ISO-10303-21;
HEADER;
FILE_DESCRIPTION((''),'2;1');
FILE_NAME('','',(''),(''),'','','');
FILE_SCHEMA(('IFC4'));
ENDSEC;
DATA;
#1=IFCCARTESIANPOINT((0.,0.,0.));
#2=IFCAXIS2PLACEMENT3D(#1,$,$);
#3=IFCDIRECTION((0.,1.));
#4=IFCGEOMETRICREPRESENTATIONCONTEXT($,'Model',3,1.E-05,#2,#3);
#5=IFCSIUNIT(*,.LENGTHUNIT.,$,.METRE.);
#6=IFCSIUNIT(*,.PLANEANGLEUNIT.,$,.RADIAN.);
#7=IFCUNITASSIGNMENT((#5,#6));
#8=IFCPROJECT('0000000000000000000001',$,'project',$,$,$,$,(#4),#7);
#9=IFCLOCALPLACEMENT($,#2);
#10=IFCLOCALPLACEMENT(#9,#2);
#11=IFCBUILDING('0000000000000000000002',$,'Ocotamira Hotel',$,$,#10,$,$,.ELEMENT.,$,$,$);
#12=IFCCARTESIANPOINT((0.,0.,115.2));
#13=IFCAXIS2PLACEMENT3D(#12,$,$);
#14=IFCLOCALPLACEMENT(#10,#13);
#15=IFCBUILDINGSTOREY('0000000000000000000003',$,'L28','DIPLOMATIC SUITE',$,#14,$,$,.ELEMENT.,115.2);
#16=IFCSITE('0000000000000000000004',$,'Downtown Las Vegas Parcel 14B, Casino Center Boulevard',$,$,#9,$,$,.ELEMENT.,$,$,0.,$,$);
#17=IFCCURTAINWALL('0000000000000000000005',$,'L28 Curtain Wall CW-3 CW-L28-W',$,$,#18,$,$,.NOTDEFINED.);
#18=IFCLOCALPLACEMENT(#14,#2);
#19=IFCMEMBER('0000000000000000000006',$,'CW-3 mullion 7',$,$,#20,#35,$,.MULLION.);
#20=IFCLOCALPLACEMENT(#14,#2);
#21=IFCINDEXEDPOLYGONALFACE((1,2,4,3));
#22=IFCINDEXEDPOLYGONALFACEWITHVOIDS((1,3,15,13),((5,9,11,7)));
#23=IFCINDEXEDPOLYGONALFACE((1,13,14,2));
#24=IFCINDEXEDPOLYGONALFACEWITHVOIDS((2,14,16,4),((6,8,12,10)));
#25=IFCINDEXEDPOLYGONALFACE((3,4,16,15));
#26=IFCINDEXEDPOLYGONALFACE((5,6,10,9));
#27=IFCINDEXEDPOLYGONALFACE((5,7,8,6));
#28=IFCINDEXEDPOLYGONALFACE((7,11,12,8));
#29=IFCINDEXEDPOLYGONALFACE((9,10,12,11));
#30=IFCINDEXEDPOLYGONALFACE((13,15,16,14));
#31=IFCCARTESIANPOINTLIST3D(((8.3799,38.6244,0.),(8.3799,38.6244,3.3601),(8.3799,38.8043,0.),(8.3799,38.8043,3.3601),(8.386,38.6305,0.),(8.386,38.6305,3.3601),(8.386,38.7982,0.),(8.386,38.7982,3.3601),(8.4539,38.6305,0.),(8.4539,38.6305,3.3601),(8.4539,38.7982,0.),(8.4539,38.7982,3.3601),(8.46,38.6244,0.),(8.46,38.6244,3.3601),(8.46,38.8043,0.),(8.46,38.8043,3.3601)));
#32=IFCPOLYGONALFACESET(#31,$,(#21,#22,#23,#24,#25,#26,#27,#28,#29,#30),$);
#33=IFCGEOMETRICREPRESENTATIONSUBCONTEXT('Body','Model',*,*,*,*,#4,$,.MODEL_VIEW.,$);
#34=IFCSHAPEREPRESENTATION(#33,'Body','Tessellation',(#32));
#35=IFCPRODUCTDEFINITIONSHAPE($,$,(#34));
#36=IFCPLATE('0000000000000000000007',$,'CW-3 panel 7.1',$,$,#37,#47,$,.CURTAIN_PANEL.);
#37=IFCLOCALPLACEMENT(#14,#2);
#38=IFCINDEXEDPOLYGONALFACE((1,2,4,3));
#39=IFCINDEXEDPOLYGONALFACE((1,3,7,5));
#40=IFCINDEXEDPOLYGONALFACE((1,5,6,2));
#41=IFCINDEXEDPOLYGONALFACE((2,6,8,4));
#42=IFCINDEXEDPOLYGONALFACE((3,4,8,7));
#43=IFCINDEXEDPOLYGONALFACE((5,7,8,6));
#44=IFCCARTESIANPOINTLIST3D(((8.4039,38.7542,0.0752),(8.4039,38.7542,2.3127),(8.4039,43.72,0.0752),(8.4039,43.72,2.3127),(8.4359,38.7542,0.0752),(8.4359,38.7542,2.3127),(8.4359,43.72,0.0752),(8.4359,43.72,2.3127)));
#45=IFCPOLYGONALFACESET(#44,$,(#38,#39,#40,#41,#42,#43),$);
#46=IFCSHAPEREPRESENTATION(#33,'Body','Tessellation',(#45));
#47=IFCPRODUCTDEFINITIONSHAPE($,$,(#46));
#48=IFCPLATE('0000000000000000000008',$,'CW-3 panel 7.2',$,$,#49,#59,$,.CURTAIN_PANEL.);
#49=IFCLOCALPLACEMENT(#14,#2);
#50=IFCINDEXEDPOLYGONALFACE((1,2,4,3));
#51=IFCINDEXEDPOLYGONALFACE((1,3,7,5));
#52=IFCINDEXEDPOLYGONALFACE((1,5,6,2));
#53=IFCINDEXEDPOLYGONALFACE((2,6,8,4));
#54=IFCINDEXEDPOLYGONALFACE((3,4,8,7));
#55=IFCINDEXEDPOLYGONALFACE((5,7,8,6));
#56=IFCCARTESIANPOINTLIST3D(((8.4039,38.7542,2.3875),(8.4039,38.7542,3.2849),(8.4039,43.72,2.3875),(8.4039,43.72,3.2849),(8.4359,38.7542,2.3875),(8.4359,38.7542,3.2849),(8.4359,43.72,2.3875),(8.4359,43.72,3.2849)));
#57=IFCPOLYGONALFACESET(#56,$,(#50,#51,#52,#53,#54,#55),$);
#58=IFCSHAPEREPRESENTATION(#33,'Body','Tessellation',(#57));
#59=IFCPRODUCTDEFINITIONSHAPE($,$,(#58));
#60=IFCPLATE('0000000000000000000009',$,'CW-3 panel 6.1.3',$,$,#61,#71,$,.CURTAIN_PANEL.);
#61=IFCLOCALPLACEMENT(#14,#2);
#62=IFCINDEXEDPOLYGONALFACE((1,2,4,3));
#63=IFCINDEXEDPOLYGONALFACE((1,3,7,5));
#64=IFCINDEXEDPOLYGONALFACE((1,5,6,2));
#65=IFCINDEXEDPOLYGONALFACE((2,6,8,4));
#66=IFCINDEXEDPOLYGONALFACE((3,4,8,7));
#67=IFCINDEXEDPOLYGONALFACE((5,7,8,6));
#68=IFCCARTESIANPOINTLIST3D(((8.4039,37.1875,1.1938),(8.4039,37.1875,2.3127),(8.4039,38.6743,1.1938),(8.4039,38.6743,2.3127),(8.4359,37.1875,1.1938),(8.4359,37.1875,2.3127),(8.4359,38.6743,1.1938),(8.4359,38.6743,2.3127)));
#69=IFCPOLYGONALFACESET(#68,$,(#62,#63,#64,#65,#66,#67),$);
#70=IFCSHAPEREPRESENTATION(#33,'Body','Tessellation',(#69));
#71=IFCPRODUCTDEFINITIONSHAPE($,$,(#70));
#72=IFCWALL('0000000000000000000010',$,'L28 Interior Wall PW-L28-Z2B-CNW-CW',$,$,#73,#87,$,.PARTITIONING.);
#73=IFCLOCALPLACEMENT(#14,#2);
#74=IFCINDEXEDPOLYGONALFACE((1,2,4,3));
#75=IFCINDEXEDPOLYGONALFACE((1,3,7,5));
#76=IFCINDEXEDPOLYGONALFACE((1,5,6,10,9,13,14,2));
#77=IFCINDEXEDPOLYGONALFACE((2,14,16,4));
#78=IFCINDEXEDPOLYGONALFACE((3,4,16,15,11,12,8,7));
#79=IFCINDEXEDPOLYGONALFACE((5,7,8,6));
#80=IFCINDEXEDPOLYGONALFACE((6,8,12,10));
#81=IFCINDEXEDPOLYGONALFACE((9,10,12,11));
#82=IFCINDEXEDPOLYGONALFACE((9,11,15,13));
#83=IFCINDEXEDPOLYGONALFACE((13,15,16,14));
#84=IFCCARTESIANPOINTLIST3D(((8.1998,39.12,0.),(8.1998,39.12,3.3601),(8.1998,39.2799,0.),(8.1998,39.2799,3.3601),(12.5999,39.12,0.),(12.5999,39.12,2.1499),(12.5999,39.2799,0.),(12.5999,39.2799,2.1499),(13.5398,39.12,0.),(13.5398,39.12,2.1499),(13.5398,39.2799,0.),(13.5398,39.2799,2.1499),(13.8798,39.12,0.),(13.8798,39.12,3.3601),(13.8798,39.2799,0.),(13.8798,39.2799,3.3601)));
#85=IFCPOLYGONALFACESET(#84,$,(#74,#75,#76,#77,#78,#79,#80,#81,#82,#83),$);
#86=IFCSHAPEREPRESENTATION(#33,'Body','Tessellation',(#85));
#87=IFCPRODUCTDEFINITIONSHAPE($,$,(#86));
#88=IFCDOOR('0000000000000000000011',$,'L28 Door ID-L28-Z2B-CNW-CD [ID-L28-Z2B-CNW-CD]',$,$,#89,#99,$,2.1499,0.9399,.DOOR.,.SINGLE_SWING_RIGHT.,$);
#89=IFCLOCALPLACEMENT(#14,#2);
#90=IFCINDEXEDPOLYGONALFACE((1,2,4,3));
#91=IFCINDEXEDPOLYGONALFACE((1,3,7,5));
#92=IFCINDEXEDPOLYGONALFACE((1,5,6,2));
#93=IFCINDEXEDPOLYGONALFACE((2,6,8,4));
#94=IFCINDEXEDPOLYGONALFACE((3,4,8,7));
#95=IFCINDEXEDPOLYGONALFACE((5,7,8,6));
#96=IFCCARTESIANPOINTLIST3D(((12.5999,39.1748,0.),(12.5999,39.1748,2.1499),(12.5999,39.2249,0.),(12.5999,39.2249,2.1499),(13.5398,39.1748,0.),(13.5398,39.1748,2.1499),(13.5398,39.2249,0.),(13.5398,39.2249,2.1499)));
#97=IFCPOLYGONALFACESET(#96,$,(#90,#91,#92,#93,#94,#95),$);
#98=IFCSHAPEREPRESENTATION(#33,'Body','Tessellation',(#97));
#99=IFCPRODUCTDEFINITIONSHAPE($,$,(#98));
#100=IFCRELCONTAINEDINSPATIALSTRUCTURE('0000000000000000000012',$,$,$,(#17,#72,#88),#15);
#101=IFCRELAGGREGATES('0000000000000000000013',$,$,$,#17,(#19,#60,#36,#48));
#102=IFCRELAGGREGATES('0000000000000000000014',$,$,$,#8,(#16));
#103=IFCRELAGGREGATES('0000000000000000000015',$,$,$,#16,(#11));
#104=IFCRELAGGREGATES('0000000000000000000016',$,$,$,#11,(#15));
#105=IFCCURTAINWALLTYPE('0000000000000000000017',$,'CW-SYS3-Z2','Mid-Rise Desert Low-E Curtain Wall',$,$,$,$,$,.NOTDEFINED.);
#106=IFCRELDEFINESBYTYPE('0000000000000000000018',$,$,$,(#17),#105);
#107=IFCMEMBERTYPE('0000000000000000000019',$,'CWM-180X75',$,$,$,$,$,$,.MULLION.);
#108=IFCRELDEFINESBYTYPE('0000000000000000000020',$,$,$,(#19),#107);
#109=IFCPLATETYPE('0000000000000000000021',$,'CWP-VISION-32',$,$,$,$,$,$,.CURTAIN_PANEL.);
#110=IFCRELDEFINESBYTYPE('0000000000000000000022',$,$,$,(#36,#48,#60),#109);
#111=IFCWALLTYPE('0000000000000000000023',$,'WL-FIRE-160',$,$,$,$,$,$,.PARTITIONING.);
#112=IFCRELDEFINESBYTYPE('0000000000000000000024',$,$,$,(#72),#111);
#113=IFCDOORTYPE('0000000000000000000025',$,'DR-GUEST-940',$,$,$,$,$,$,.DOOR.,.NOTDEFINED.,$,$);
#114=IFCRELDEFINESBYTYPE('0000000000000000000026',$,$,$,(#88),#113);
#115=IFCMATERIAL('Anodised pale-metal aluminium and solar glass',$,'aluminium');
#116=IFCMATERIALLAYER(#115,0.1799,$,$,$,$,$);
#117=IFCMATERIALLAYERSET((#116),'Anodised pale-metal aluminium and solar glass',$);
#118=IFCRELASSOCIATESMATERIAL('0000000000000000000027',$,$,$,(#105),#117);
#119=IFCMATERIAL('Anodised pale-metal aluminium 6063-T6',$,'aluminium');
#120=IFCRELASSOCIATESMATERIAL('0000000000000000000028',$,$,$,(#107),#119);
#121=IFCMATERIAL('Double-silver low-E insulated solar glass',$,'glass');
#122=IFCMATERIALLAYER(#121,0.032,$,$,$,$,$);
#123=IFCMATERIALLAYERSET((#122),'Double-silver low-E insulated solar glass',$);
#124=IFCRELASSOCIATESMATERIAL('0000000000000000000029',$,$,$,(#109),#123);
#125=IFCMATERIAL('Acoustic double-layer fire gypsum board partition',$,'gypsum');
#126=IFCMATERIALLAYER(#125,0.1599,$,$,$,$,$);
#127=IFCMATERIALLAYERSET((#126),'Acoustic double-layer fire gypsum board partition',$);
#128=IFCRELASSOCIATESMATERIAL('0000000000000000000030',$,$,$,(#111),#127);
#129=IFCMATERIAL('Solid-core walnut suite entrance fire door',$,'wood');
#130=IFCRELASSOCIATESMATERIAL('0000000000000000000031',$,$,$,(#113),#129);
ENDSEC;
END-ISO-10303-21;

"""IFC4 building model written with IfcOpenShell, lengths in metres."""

from ifc_helpers import new_model, si_unit, direction, frame, frame_2d, origin, origin_2d, place, context, subcontext, project, spatial, rectangle, hollow_rectangle, extrude, source, transform, mapped, material, layer, layer_set, material_profile, profile_set, type_object, element, fill, aggregate, save


model = new_model("IFC4")

# Units and contexts
model_context = context("Model", 3, precision=1e-05, world=origin(), true_north=direction((0.0, 1.0)))
body_context = subcontext(model_context, "Body", "Model", "MODEL_VIEW")
ifc_project = project(units=[si_unit("LENGTHUNIT", "METRE"), si_unit("PLANEANGLEUNIT", "RADIAN")], contexts=[model_context])

# Site, building, storey
site_placement = place(None, origin())
site = spatial("IfcSite", under=ifc_project, at=site_placement, Name="Downtown Las Vegas Parcel 14B, Casino Center Boulevard", CompositionType="ELEMENT", RefElevation=0.0)
building_placement = place(site_placement, origin())
building = spatial("IfcBuilding", under=site, at=building_placement, Name="Ocotamira Hotel", CompositionType="ELEMENT")
storey_placement = place(building_placement, frame((0.0, 0.0, 115.2)))
storey = spatial("IfcBuildingStorey", under=building, at=storey_placement, Name="L28", Description="DIPLOMATIC SUITE", CompositionType="ELEMENT", Elevation=115.2)

# Curtain wall, member, plates
ifc_material_1 = material(Name="Anodised pale-metal aluminium and solar glass", Category="aluminium")
ifc_layer_1 = layer(ifc_material_1, 0.1799)
ifc_layer_set_1 = layer_set([ifc_layer_1], Name="Anodised pale-metal aluminium and solar glass")
curtain_wall_type = type_object("IfcCurtainWallType", Name="CW-SYS3-Z2", Description="Mid-Rise Desert Low-E Curtain Wall", PredefinedType="NOTDEFINED", material=ifc_layer_set_1)
curtain_wall_placement = place(storey_placement, origin())
curtain_wall = element("IfcCurtainWall", 1, at=curtain_wall_placement, inside=storey, type_object=curtain_wall_type, Name="L28 Curtain Wall CW-3 CW-L28-W", PredefinedType="NOTDEFINED")
ifc_material_2 = material(Name="Anodised pale-metal aluminium 6063-T6", Category="aluminium")
ifc_material_profile_1 = material_profile(ifc_material_2, hollow_rectangle(XDim=0.0801, YDim=0.1799, WallThickness=0.0061, at=origin_2d()), Name="HSS180X80X6")
ifc_profile_set_1 = profile_set([ifc_material_profile_1], Name="Anodised pale-metal aluminium 6063-T6")
member_type_1 = type_object("IfcMemberType", Name="CWM-180X75", PredefinedType="MULLION", material=ifc_profile_set_1)
shared_shape_1 = source(origin(), body_context, "Body", "SweptSolid", [
    extrude(hollow_rectangle(XDim=0.0801, YDim=0.1799, WallThickness=0.0061, at=origin_2d()), origin(), (0.0, 0.0, 1.0), 3.3601),
])
member_1_placement = place(storey_placement, frame((8.4199, 38.7144, 0.0), z_axis=(0.0, 0.0, 1.0), x_axis=(-1.0, 0.0, 0.0)))
member_1 = element("IfcMember", 2, at=member_1_placement, type_object=member_type_1, Name="CW-3 mullion 7", PredefinedType="MULLION", context=body_context, shape_type="MappedRepresentation", body=[
    mapped(shared_shape_1, transform((0.0, 0.0, 0.0), scale=1.0)),
])
ifc_material_3 = material(Name="Double-silver low-E insulated solar glass", Category="glass")
ifc_layer_2 = layer(ifc_material_3, 0.032)
ifc_layer_set_2 = layer_set([ifc_layer_2], Name="Double-silver low-E insulated solar glass")
plate_type = type_object("IfcPlateType", Name="CWP-VISION-32", PredefinedType="CURTAIN_PANEL", material=ifc_layer_set_2)
shared_shape_2 = source(origin(), body_context, "Body", "SweptSolid", [
    extrude(rectangle(XDim=4.9658, YDim=0.032, at=origin_2d()), origin(), (0.0, 0.0, 1.0), 2.2375),
])
plate_1_placement = place(storey_placement, frame((8.4199, 41.2371, 0.0752), z_axis=(0.0, 0.0, 1.0), x_axis=(0.0, 1.0, 0.0)))
plate_1 = element("IfcPlate", 3, at=plate_1_placement, type_object=plate_type, Name="CW-3 panel 7.1", PredefinedType="CURTAIN_PANEL", context=body_context, shape_type="MappedRepresentation", body=[
    mapped(shared_shape_2, transform((0.0, 0.0, 0.0), scale=1.0)),
])
shared_shape_3 = source(origin(), body_context, "Body", "SweptSolid", [
    extrude(rectangle(XDim=4.9658, YDim=0.032, at=origin_2d()), origin(), (0.0, 0.0, 1.0), 0.8975),
])
plate_2_placement = place(storey_placement, frame((8.4199, 41.2371, 2.3875), z_axis=(0.0, 0.0, 1.0), x_axis=(0.0, 1.0, 0.0)))
plate_2 = element("IfcPlate", 4, at=plate_2_placement, type_object=plate_type, Name="CW-3 panel 7.2", PredefinedType="CURTAIN_PANEL", context=body_context, shape_type="MappedRepresentation", body=[
    mapped(shared_shape_3, transform((0.0, 0.0, 0.0), scale=1.0)),
])
shared_shape_4 = source(origin(), body_context, "Body", "SweptSolid", [
    extrude(rectangle(XDim=1.4868, YDim=0.032, at=origin_2d()), origin(), (0.0, 0.0, 1.0), 1.1189),
])
plate_3_placement = place(storey_placement, frame((8.4199, 37.9309, 1.1938), z_axis=(0.0, 0.0, 1.0), x_axis=(0.0, 1.0, 0.0)))
plate_3 = element("IfcPlate", 5, at=plate_3_placement, type_object=plate_type, Name="CW-3 panel 6.1.3", PredefinedType="CURTAIN_PANEL", context=body_context, shape_type="MappedRepresentation", body=[
    mapped(shared_shape_4, transform((0.0, 0.0, 0.0), scale=1.0)),
])
aggregate(curtain_wall, [member_1, plate_3, plate_1, plate_2])

# Wall, opening, door
ifc_material_4 = material(Name="Acoustic double-layer fire gypsum board partition", Category="gypsum")
ifc_layer_3 = layer(ifc_material_4, 0.1599)
ifc_layer_set_3 = layer_set([ifc_layer_3], Name="Acoustic double-layer fire gypsum board partition")
wall_type_1 = type_object("IfcWallType", Name="WL-FIRE-160", PredefinedType="PARTITIONING", material=ifc_layer_set_3)
wall_1_placement = place(storey_placement, frame((8.2, 39.2, 0.0), z_axis=(0.0, 0.0, 1.0), x_axis=(1.0, 0.0, 0.0)))
wall_1 = element("IfcWall", 6, at=wall_1_placement, inside=storey, type_object=wall_type_1, Name="L28 Interior Wall PW-L28-Z2B-CNW-CW", PredefinedType="PARTITIONING", context=body_context, shape_type="SweptSolid", body=[
    extrude(rectangle(XDim=5.6799, YDim=0.1599, at=frame_2d((2.8398, 0.0))), origin(), (0.0, 0.0, 1.0), 3.3601),
])
opening_1_placement = place(wall_1_placement, frame((4.3999, 0.0, 0.0)))
opening_1 = element("IfcOpeningElement", 7, at=opening_1_placement, cuts=wall_1, PredefinedType="OPENING", context=body_context, shape_type="SweptSolid", body=[
    extrude(rectangle(XDim=0.9399, YDim=2.1499, at=frame_2d((0.47, 1.075))), frame((0.0, 0.0898, 0.0), z_axis=(0.0, -1.0, 0.0), x_axis=(1.0, 0.0, 0.0)), (0.0, 0.0, 1.0), 0.1799),
])
ifc_material_5 = material(Name="Solid-core walnut suite entrance fire door", Category="wood")
door_type_1 = type_object("IfcDoorType", Name="DR-GUEST-940", OperationType="NOTDEFINED", PredefinedType="DOOR", material=ifc_material_5)
shared_shape_5 = source(origin(), body_context, "Body", "SweptSolid", [
    extrude(rectangle(XDim=0.9399, YDim=2.1499, at=frame_2d((0.47, 1.075))), frame((0.0, 0.0249, 0.0), z_axis=(0.0, -1.0, 0.0), x_axis=(1.0, 0.0, 0.0)), (0.0, 0.0, 1.0), 0.05),
])
door_1_placement = place(opening_1_placement, origin())
door_1 = element("IfcDoor", 8, at=door_1_placement, inside=storey, type_object=door_type_1, Name="L28 Door ID-L28-Z2B-CNW-CD [ID-L28-Z2B-CNW-CD]", OperationType="SINGLE_SWING_RIGHT", OverallHeight=2.1499, OverallWidth=0.9399, PredefinedType="DOOR", context=body_context, shape_type="MappedRepresentation", body=[
    mapped(shared_shape_5, transform((0.0, 0.0, 0.0), scale=1.0)),
])
fill(opening_1, door_1)

save(model, "model.ifc")
